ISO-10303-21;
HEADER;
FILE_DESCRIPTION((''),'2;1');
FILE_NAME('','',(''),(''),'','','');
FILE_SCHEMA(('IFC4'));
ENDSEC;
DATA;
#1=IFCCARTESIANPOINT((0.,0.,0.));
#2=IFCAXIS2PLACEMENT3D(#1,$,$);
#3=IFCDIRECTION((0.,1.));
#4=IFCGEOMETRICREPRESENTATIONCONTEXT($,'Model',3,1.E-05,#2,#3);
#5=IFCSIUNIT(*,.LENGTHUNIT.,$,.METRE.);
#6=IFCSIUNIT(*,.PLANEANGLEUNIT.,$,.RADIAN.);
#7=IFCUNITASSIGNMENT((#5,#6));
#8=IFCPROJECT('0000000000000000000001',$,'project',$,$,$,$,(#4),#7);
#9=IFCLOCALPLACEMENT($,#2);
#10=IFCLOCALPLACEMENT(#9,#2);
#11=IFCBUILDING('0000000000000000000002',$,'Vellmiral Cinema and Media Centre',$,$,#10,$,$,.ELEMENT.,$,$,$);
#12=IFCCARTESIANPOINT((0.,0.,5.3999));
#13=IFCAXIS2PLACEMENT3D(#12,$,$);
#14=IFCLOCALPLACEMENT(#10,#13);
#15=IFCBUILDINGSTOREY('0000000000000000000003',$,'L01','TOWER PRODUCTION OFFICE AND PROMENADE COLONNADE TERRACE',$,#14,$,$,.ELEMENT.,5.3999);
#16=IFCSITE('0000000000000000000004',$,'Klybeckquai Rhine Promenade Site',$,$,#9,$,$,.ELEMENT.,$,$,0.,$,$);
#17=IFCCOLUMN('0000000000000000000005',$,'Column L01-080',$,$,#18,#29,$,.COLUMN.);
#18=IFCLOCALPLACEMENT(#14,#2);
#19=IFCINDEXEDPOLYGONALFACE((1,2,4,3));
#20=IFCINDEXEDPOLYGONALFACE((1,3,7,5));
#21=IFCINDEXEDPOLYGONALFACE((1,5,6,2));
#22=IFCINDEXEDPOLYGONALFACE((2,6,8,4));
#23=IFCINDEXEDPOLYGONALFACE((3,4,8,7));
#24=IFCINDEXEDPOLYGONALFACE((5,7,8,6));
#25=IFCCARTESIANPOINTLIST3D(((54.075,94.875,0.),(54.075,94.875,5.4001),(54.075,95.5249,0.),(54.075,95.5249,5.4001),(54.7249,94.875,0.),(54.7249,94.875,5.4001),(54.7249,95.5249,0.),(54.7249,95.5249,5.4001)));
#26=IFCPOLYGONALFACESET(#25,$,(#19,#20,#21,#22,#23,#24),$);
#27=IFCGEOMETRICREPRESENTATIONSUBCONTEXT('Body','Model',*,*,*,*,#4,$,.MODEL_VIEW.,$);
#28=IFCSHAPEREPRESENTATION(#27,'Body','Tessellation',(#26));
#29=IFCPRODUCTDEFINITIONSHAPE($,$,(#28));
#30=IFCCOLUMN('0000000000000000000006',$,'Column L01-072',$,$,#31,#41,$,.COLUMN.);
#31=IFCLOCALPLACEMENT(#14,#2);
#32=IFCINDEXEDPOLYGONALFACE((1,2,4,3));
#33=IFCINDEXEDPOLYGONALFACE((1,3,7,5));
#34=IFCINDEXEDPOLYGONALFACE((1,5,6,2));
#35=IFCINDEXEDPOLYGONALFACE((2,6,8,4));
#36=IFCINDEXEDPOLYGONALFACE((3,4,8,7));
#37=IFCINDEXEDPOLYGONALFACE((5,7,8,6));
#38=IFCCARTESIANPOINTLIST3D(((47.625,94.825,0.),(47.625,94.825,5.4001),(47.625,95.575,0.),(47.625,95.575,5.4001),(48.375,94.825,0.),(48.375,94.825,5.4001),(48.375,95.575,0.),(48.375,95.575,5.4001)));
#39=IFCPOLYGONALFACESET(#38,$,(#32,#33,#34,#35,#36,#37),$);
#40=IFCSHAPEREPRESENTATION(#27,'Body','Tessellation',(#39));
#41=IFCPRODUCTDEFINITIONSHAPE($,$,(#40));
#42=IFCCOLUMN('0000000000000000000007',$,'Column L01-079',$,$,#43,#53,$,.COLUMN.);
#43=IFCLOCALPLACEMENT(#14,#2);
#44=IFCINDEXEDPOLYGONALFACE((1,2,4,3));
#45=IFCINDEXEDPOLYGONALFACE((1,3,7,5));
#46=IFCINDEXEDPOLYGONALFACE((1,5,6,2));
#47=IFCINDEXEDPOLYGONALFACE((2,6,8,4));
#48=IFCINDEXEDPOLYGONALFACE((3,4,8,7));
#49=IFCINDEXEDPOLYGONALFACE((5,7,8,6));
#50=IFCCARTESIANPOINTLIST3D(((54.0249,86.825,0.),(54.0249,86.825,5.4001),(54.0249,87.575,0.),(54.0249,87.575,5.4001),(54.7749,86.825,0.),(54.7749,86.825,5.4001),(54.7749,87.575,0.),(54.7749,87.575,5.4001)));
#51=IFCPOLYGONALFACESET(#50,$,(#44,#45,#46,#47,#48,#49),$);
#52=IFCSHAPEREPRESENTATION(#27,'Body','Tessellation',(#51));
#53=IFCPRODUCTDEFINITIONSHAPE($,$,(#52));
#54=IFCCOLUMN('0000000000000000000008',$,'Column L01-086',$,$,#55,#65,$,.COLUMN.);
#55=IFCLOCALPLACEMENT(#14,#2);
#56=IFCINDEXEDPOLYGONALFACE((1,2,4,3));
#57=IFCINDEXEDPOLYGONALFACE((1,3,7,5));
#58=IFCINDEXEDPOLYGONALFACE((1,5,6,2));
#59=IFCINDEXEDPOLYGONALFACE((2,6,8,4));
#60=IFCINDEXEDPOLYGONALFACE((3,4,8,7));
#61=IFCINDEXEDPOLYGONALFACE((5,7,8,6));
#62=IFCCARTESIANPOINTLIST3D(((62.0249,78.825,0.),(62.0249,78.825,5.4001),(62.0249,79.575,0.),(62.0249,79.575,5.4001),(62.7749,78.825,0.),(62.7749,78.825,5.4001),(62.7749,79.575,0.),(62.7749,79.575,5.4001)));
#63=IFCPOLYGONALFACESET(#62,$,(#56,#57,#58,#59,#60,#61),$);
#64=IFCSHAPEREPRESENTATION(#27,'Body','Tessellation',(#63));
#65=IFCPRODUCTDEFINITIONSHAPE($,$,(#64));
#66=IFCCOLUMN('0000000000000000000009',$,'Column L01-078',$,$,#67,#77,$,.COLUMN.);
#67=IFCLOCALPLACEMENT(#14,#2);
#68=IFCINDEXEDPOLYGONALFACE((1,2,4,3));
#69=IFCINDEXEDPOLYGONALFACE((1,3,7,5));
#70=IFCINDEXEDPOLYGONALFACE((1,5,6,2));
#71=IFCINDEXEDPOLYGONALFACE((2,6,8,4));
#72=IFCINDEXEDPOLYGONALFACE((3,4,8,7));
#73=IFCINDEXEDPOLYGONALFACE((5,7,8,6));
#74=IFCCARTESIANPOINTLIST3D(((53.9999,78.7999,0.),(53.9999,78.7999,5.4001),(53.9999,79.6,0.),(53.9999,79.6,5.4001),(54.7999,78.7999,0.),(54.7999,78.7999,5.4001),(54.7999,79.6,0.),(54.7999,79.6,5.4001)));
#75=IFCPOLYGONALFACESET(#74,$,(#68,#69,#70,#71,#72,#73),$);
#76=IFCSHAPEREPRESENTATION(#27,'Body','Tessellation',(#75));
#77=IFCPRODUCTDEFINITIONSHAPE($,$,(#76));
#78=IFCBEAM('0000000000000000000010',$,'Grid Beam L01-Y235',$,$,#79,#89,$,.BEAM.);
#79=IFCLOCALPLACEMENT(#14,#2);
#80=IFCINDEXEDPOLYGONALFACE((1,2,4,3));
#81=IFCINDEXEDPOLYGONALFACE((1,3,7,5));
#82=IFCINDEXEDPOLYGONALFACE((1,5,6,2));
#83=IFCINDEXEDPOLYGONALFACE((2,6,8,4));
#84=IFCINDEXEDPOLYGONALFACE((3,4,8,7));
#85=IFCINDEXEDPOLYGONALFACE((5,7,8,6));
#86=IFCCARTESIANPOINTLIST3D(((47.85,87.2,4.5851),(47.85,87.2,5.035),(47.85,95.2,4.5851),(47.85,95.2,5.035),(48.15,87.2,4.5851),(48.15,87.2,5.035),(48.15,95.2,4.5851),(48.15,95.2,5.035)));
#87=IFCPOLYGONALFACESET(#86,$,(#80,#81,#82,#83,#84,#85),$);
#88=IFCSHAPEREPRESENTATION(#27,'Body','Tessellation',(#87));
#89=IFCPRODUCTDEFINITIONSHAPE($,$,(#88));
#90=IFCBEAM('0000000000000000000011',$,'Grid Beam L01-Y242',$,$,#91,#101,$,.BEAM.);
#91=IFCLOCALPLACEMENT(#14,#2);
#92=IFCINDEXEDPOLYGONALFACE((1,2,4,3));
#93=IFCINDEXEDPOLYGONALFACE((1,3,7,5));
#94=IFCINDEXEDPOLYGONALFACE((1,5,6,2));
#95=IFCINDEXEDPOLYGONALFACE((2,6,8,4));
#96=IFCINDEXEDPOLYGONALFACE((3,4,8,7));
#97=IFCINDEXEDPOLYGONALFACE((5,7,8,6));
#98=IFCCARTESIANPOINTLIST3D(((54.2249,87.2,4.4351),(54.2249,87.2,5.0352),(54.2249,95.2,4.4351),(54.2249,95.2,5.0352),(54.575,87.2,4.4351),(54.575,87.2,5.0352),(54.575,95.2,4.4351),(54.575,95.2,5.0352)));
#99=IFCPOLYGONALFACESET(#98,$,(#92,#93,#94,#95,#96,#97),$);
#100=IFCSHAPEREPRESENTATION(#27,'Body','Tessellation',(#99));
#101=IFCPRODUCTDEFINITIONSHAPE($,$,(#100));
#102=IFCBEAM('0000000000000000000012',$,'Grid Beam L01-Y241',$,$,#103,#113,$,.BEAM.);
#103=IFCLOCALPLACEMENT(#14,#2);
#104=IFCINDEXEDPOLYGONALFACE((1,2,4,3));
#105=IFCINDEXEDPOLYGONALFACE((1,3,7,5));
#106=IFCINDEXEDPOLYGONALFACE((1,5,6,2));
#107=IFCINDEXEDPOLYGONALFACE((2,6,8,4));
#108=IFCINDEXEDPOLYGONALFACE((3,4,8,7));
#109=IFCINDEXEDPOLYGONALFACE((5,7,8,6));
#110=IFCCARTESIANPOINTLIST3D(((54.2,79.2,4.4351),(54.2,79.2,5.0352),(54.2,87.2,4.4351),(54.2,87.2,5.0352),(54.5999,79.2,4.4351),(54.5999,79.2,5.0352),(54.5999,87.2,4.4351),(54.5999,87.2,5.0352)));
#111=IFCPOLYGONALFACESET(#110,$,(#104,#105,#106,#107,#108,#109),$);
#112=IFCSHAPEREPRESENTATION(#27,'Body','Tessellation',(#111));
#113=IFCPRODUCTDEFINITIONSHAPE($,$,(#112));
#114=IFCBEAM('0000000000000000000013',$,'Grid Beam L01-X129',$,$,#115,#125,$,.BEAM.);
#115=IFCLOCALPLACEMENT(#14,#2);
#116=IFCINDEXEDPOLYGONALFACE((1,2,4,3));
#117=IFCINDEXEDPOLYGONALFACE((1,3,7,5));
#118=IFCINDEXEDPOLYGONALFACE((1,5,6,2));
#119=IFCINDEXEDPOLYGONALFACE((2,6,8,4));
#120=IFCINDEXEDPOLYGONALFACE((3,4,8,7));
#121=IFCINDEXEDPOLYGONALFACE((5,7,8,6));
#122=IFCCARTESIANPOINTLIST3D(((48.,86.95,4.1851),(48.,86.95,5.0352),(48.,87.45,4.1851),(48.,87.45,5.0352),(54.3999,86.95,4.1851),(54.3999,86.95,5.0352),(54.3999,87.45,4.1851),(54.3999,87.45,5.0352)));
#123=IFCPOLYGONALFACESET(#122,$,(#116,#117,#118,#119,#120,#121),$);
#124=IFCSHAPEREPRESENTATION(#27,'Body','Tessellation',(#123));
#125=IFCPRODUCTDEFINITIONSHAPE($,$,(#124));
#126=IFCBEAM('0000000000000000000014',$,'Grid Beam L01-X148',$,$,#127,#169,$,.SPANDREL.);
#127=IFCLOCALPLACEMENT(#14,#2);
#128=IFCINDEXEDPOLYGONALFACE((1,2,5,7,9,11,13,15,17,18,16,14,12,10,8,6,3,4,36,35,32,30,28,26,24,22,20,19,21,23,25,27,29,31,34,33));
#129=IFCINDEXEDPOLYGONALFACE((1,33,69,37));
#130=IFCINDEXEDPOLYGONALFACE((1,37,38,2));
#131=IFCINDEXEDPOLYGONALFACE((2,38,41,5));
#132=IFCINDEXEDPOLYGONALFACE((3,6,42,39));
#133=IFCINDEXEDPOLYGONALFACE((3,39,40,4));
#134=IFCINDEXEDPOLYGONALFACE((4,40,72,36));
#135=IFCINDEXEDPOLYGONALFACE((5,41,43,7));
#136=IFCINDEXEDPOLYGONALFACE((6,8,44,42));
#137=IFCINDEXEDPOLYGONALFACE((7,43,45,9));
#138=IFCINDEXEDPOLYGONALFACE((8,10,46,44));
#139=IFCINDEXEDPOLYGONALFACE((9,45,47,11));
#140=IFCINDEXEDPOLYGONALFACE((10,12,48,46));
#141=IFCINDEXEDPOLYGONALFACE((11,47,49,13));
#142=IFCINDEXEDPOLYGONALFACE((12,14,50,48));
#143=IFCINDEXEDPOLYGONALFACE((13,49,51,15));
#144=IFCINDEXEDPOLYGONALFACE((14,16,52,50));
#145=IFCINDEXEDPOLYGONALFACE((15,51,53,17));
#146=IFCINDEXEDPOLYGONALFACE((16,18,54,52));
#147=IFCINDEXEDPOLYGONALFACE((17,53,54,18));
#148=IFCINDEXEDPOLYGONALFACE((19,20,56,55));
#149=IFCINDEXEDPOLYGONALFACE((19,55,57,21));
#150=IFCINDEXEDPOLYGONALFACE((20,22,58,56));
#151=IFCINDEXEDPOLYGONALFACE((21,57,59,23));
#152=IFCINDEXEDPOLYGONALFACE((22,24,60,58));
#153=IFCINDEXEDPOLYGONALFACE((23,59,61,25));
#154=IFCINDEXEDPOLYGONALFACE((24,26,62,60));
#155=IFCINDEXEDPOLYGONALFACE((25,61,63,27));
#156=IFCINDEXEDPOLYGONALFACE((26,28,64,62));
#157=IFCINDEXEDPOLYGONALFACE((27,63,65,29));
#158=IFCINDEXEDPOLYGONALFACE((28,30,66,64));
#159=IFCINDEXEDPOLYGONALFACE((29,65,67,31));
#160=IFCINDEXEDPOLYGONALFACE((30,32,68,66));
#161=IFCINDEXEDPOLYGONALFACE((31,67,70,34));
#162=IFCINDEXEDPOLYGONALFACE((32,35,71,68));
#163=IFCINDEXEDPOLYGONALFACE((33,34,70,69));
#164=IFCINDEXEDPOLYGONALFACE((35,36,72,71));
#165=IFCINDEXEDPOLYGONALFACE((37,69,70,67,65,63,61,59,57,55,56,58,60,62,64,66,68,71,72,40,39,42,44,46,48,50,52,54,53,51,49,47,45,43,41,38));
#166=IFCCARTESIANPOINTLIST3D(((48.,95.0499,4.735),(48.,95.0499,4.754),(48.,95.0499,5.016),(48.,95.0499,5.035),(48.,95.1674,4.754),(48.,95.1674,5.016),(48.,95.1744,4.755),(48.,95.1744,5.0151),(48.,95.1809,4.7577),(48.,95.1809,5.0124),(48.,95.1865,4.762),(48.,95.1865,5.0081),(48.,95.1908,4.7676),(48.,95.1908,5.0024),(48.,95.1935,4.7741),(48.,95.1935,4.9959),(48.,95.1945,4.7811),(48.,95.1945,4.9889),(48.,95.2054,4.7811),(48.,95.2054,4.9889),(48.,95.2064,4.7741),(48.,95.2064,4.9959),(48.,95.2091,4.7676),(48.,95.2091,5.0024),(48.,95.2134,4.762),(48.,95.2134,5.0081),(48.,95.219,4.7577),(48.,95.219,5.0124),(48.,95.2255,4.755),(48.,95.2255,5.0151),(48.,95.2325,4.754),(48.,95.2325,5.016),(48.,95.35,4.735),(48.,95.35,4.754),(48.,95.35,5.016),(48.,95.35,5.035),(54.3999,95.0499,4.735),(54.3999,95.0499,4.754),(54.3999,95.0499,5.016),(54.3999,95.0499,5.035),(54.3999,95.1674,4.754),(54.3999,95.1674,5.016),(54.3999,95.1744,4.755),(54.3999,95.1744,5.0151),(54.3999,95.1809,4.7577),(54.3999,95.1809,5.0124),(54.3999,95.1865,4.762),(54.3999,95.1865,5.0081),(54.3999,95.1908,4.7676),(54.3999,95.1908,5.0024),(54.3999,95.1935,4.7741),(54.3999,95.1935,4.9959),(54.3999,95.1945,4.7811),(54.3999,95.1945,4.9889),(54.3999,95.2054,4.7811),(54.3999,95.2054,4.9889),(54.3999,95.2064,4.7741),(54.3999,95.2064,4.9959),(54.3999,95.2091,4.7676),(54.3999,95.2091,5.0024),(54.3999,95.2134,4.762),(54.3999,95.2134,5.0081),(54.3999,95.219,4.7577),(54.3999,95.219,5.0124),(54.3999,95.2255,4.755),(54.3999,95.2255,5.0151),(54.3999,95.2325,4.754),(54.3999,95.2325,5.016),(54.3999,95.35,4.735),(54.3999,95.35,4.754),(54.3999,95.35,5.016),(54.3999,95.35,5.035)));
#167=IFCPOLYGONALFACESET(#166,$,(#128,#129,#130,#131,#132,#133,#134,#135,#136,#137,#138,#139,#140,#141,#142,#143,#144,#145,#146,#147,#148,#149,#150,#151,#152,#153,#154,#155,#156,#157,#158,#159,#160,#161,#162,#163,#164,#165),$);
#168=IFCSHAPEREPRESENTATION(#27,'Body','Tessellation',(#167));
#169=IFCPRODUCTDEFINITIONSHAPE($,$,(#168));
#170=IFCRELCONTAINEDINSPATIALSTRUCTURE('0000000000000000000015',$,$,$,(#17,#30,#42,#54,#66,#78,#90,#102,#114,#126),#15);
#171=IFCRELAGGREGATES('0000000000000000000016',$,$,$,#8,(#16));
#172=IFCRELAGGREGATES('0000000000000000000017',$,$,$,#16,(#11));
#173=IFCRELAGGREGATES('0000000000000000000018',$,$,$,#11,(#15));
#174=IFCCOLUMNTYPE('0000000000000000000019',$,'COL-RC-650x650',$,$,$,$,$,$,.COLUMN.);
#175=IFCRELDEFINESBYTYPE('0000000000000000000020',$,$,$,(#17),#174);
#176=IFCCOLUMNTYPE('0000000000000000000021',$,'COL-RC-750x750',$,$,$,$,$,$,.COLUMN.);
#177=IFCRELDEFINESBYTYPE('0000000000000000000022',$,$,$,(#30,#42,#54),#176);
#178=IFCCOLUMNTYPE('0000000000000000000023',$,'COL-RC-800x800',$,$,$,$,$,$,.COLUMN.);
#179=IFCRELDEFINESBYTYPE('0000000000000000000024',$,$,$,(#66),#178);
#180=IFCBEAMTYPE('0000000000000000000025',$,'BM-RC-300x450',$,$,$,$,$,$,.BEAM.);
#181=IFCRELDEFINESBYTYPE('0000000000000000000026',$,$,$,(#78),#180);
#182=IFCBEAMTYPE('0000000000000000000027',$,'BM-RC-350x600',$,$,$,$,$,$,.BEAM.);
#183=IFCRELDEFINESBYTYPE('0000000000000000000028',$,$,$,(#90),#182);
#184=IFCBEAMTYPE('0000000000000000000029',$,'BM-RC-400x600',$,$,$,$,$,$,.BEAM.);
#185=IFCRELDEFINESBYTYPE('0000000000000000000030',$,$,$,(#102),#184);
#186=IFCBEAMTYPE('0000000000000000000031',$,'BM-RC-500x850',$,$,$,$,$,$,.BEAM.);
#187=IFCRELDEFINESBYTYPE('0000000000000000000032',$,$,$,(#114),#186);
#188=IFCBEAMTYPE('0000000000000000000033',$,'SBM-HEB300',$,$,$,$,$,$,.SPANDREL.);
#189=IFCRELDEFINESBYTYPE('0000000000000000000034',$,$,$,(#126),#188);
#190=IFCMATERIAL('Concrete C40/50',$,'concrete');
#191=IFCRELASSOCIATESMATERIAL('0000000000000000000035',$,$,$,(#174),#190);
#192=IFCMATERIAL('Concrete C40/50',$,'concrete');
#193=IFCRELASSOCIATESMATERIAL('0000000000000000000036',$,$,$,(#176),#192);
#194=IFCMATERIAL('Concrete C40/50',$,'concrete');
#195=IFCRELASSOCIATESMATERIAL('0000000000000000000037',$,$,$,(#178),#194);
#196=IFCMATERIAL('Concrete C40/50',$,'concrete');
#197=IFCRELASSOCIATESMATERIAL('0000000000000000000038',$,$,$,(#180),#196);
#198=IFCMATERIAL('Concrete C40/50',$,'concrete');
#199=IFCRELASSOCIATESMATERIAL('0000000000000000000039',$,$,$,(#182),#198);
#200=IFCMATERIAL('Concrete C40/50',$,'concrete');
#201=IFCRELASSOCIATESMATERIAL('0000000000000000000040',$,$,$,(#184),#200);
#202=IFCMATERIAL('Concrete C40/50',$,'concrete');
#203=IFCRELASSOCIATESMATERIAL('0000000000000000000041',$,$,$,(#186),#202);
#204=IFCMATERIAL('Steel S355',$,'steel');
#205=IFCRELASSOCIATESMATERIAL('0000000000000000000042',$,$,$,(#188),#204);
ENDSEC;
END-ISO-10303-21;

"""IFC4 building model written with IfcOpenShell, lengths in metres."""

from ifc_helpers import new_model, si_unit, direction, frame, origin, origin_2d, place, context, subcontext, project, spatial, rectangle, i_section, extrude, material, material_profile, profile_set, type_object, element, save


model = new_model("IFC4")

# Units and contexts
model_context = context("Model", 3, precision=1e-05, world=origin(), true_north=direction((0.0, 1.0)))
body_context = subcontext(model_context, "Body", "Model", "MODEL_VIEW")
ifc_project = project(units=[si_unit("LENGTHUNIT", "METRE"), si_unit("PLANEANGLEUNIT", "RADIAN")], contexts=[model_context])

# Site, building, storey
site_placement = place(None, origin())
site = spatial("IfcSite", under=ifc_project, at=site_placement, Name="Klybeckquai Rhine Promenade Site", CompositionType="ELEMENT", RefElevation=0.0)
building_placement = place(site_placement, origin())
building = spatial("IfcBuilding", under=site, at=building_placement, Name="Vellmiral Cinema and Media Centre", CompositionType="ELEMENT")
storey_placement = place(building_placement, frame((0.0, 0.0, 5.3999)))
storey = spatial("IfcBuildingStorey", under=building, at=storey_placement, Name="L01", Description="TOWER PRODUCTION OFFICE AND PROMENADE COLONNADE TERRACE", CompositionType="ELEMENT", Elevation=5.3999)

# Columns
ifc_material_1 = material(Name="Concrete C40/50", Category="concrete")
ifc_material_profile_1 = material_profile(ifc_material_1, rectangle(XDim=0.6499, YDim=0.6499, at=origin_2d()), Name="RC 650x650")
ifc_profile_set_1 = profile_set([ifc_material_profile_1], Name="Concrete C40/50")
column_type_1 = type_object("IfcColumnType", Name="COL-RC-650x650", PredefinedType="COLUMN", material=ifc_profile_set_1)
column_1_placement = place(storey_placement, frame((54.3999, 95.2, 0.0), z_axis=(0.0, 0.0, 1.0), x_axis=(1.0, 0.0, 0.0)))
element("IfcColumn", 1, at=column_1_placement, inside=storey, type_object=column_type_1, Name="Column L01-080", PredefinedType="COLUMN", context=body_context, shape_type="SweptSolid", body=[
    extrude(rectangle(XDim=0.6499, YDim=0.6499, at=origin_2d()), origin(), (0.0, 0.0, 1.0), 5.4001),
])
ifc_material_2 = material(Name="Concrete C40/50", Category="concrete")
ifc_material_profile_2 = material_profile(ifc_material_2, rectangle(XDim=0.75, YDim=0.75, at=origin_2d()), Name="RC 750x750")
ifc_profile_set_2 = profile_set([ifc_material_profile_2], Name="Concrete C40/50")
column_type_2 = type_object("IfcColumnType", Name="COL-RC-750x750", PredefinedType="COLUMN", material=ifc_profile_set_2)
for number, where, z_axis, x_axis, name in (
    (2, (48.0, 95.2, 0.0), (0.0, 0.0, 1.0), (1.0, 0.0, 0.0), "Column L01-072"),
    (3, (54.3999, 87.2, 0.0), (0.0, 0.0, 1.0), (1.0, 0.0, 0.0), "Column L01-079"),
    (4, (62.3999, 79.2, 0.0), (0.0, 0.0, 1.0), (1.0, 0.0, 0.0), "Column L01-086"),
):
    element("IfcColumn", number, at=place(storey_placement, frame(where, z_axis=z_axis, x_axis=x_axis)), inside=storey, type_object=column_type_2, Name=name, PredefinedType="COLUMN", context=body_context, shape_type="SweptSolid", body=[
        extrude(rectangle(XDim=0.75, YDim=0.75, at=origin_2d()), origin(), (0.0, 0.0, 1.0), 5.4001),
    ])
ifc_material_3 = material(Name="Concrete C40/50", Category="concrete")
ifc_material_profile_3 = material_profile(ifc_material_3, rectangle(XDim=0.8, YDim=0.8, at=origin_2d()), Name="RC 800x800")
ifc_profile_set_3 = profile_set([ifc_material_profile_3], Name="Concrete C40/50")
column_type_3 = type_object("IfcColumnType", Name="COL-RC-800x800", PredefinedType="COLUMN", material=ifc_profile_set_3)
column_2_placement = place(storey_placement, frame((54.3999, 79.2, 0.0), z_axis=(0.0, 0.0, 1.0), x_axis=(1.0, 0.0, 0.0)))
element("IfcColumn", 5, at=column_2_placement, inside=storey, type_object=column_type_3, Name="Column L01-078", PredefinedType="COLUMN", context=body_context, shape_type="SweptSolid", body=[
    extrude(rectangle(XDim=0.8, YDim=0.8, at=origin_2d()), origin(), (0.0, 0.0, 1.0), 5.4001),
])

# Beams
ifc_material_4 = material(Name="Concrete C40/50", Category="concrete")
ifc_material_profile_4 = material_profile(ifc_material_4, rectangle(XDim=0.3, YDim=0.45, at=origin_2d()), Name="RC 300x450")
ifc_profile_set_4 = profile_set([ifc_material_profile_4], Name="Concrete C40/50")
beam_type_1 = type_object("IfcBeamType", Name="BM-RC-300x450", PredefinedType="BEAM", material=ifc_profile_set_4)
beam_1_placement = place(storey_placement, frame((48.0, 87.2, 4.8101), z_axis=(0.0, 1.0, 0.0), x_axis=(-1.0, 0.0, 0.0)))
element("IfcBeam", 6, at=beam_1_placement, inside=storey, type_object=beam_type_1, Name="Grid Beam L01-Y235", PredefinedType="BEAM", context=body_context, shape_type="SweptSolid", body=[
    extrude(rectangle(XDim=0.3, YDim=0.45, at=origin_2d()), origin(), (0.0, 0.0, 1.0), 8.0),
])
ifc_material_5 = material(Name="Concrete C40/50", Category="concrete")
ifc_material_profile_5 = material_profile(ifc_material_5, rectangle(XDim=0.3501, YDim=0.6001, at=origin_2d()), Name="RC 350x600")
ifc_profile_set_5 = profile_set([ifc_material_profile_5], Name="Concrete C40/50")
beam_type_2 = type_object("IfcBeamType", Name="BM-RC-350x600", PredefinedType="BEAM", material=ifc_profile_set_5)
beam_2_placement = place(storey_placement, frame((54.3999, 87.2, 4.7351), z_axis=(0.0, 1.0, 0.0), x_axis=(-1.0, 0.0, 0.0)))
element("IfcBeam", 7, at=beam_2_placement, inside=storey, type_object=beam_type_2, Name="Grid Beam L01-Y242", PredefinedType="BEAM", context=body_context, shape_type="SweptSolid", body=[
    extrude(rectangle(XDim=0.3501, YDim=0.6001, at=origin_2d()), origin(), (0.0, 0.0, 1.0), 8.0),
])
ifc_material_6 = material(Name="Concrete C40/50", Category="concrete")
ifc_material_profile_6 = material_profile(ifc_material_6, rectangle(XDim=0.3999, YDim=0.6001, at=origin_2d()), Name="RC 400x600")
ifc_profile_set_6 = profile_set([ifc_material_profile_6], Name="Concrete C40/50")
beam_type_3 = type_object("IfcBeamType", Name="BM-RC-400x600", PredefinedType="BEAM", material=ifc_profile_set_6)
beam_3_placement = place(storey_placement, frame((54.3999, 79.2, 4.7351), z_axis=(0.0, 1.0, 0.0), x_axis=(-1.0, 0.0, 0.0)))
element("IfcBeam", 8, at=beam_3_placement, inside=storey, type_object=beam_type_3, Name="Grid Beam L01-Y241", PredefinedType="BEAM", context=body_context, shape_type="SweptSolid", body=[
    extrude(rectangle(XDim=0.3999, YDim=0.6001, at=origin_2d()), origin(), (0.0, 0.0, 1.0), 8.0),
])
ifc_material_7 = material(Name="Concrete C40/50", Category="concrete")
ifc_material_profile_7 = material_profile(ifc_material_7, rectangle(XDim=0.5, YDim=0.8501, at=origin_2d()), Name="RC 500x850")
ifc_profile_set_7 = profile_set([ifc_material_profile_7], Name="Concrete C40/50")
beam_type_4 = type_object("IfcBeamType", Name="BM-RC-500x850", PredefinedType="BEAM", material=ifc_profile_set_7)
beam_4_placement = place(storey_placement, frame((48.0, 87.2, 4.6101), z_axis=(1.0, 0.0, 0.0), x_axis=(0.0, 1.0, 0.0)))
element("IfcBeam", 9, at=beam_4_placement, inside=storey, type_object=beam_type_4, Name="Grid Beam L01-X129", PredefinedType="BEAM", context=body_context, shape_type="SweptSolid", body=[
    extrude(rectangle(XDim=0.5, YDim=0.8501, at=origin_2d()), origin(), (0.0, 0.0, 1.0), 6.3999),
])
ifc_material_8 = material(Name="Steel S355", Category="steel")
ifc_material_profile_8 = material_profile(ifc_material_8, i_section(OverallWidth=0.3, OverallDepth=0.3, WebThickness=0.011, FlangeThickness=0.019, FilletRadius=0.0271, at=origin_2d()), Name="HEB 300")
ifc_profile_set_8 = profile_set([ifc_material_profile_8], Name="Steel S355")
beam_type_5 = type_object("IfcBeamType", Name="SBM-HEB300", PredefinedType="SPANDREL", material=ifc_profile_set_8)
beam_5_placement = place(storey_placement, frame((48.0, 95.2, 4.885), z_axis=(1.0, 0.0, 0.0), x_axis=(0.0, 1.0, 0.0)))
element("IfcBeam", 10, at=beam_5_placement, inside=storey, type_object=beam_type_5, Name="Grid Beam L01-X148", PredefinedType="SPANDREL", context=body_context, shape_type="SweptSolid", body=[
    extrude(i_section(OverallWidth=0.3, OverallDepth=0.3, WebThickness=0.011, FlangeThickness=0.019, FilletRadius=0.0271, at=origin_2d()), origin(), (0.0, 0.0, 1.0), 6.3999),
])

save(model, "model.ifc")
